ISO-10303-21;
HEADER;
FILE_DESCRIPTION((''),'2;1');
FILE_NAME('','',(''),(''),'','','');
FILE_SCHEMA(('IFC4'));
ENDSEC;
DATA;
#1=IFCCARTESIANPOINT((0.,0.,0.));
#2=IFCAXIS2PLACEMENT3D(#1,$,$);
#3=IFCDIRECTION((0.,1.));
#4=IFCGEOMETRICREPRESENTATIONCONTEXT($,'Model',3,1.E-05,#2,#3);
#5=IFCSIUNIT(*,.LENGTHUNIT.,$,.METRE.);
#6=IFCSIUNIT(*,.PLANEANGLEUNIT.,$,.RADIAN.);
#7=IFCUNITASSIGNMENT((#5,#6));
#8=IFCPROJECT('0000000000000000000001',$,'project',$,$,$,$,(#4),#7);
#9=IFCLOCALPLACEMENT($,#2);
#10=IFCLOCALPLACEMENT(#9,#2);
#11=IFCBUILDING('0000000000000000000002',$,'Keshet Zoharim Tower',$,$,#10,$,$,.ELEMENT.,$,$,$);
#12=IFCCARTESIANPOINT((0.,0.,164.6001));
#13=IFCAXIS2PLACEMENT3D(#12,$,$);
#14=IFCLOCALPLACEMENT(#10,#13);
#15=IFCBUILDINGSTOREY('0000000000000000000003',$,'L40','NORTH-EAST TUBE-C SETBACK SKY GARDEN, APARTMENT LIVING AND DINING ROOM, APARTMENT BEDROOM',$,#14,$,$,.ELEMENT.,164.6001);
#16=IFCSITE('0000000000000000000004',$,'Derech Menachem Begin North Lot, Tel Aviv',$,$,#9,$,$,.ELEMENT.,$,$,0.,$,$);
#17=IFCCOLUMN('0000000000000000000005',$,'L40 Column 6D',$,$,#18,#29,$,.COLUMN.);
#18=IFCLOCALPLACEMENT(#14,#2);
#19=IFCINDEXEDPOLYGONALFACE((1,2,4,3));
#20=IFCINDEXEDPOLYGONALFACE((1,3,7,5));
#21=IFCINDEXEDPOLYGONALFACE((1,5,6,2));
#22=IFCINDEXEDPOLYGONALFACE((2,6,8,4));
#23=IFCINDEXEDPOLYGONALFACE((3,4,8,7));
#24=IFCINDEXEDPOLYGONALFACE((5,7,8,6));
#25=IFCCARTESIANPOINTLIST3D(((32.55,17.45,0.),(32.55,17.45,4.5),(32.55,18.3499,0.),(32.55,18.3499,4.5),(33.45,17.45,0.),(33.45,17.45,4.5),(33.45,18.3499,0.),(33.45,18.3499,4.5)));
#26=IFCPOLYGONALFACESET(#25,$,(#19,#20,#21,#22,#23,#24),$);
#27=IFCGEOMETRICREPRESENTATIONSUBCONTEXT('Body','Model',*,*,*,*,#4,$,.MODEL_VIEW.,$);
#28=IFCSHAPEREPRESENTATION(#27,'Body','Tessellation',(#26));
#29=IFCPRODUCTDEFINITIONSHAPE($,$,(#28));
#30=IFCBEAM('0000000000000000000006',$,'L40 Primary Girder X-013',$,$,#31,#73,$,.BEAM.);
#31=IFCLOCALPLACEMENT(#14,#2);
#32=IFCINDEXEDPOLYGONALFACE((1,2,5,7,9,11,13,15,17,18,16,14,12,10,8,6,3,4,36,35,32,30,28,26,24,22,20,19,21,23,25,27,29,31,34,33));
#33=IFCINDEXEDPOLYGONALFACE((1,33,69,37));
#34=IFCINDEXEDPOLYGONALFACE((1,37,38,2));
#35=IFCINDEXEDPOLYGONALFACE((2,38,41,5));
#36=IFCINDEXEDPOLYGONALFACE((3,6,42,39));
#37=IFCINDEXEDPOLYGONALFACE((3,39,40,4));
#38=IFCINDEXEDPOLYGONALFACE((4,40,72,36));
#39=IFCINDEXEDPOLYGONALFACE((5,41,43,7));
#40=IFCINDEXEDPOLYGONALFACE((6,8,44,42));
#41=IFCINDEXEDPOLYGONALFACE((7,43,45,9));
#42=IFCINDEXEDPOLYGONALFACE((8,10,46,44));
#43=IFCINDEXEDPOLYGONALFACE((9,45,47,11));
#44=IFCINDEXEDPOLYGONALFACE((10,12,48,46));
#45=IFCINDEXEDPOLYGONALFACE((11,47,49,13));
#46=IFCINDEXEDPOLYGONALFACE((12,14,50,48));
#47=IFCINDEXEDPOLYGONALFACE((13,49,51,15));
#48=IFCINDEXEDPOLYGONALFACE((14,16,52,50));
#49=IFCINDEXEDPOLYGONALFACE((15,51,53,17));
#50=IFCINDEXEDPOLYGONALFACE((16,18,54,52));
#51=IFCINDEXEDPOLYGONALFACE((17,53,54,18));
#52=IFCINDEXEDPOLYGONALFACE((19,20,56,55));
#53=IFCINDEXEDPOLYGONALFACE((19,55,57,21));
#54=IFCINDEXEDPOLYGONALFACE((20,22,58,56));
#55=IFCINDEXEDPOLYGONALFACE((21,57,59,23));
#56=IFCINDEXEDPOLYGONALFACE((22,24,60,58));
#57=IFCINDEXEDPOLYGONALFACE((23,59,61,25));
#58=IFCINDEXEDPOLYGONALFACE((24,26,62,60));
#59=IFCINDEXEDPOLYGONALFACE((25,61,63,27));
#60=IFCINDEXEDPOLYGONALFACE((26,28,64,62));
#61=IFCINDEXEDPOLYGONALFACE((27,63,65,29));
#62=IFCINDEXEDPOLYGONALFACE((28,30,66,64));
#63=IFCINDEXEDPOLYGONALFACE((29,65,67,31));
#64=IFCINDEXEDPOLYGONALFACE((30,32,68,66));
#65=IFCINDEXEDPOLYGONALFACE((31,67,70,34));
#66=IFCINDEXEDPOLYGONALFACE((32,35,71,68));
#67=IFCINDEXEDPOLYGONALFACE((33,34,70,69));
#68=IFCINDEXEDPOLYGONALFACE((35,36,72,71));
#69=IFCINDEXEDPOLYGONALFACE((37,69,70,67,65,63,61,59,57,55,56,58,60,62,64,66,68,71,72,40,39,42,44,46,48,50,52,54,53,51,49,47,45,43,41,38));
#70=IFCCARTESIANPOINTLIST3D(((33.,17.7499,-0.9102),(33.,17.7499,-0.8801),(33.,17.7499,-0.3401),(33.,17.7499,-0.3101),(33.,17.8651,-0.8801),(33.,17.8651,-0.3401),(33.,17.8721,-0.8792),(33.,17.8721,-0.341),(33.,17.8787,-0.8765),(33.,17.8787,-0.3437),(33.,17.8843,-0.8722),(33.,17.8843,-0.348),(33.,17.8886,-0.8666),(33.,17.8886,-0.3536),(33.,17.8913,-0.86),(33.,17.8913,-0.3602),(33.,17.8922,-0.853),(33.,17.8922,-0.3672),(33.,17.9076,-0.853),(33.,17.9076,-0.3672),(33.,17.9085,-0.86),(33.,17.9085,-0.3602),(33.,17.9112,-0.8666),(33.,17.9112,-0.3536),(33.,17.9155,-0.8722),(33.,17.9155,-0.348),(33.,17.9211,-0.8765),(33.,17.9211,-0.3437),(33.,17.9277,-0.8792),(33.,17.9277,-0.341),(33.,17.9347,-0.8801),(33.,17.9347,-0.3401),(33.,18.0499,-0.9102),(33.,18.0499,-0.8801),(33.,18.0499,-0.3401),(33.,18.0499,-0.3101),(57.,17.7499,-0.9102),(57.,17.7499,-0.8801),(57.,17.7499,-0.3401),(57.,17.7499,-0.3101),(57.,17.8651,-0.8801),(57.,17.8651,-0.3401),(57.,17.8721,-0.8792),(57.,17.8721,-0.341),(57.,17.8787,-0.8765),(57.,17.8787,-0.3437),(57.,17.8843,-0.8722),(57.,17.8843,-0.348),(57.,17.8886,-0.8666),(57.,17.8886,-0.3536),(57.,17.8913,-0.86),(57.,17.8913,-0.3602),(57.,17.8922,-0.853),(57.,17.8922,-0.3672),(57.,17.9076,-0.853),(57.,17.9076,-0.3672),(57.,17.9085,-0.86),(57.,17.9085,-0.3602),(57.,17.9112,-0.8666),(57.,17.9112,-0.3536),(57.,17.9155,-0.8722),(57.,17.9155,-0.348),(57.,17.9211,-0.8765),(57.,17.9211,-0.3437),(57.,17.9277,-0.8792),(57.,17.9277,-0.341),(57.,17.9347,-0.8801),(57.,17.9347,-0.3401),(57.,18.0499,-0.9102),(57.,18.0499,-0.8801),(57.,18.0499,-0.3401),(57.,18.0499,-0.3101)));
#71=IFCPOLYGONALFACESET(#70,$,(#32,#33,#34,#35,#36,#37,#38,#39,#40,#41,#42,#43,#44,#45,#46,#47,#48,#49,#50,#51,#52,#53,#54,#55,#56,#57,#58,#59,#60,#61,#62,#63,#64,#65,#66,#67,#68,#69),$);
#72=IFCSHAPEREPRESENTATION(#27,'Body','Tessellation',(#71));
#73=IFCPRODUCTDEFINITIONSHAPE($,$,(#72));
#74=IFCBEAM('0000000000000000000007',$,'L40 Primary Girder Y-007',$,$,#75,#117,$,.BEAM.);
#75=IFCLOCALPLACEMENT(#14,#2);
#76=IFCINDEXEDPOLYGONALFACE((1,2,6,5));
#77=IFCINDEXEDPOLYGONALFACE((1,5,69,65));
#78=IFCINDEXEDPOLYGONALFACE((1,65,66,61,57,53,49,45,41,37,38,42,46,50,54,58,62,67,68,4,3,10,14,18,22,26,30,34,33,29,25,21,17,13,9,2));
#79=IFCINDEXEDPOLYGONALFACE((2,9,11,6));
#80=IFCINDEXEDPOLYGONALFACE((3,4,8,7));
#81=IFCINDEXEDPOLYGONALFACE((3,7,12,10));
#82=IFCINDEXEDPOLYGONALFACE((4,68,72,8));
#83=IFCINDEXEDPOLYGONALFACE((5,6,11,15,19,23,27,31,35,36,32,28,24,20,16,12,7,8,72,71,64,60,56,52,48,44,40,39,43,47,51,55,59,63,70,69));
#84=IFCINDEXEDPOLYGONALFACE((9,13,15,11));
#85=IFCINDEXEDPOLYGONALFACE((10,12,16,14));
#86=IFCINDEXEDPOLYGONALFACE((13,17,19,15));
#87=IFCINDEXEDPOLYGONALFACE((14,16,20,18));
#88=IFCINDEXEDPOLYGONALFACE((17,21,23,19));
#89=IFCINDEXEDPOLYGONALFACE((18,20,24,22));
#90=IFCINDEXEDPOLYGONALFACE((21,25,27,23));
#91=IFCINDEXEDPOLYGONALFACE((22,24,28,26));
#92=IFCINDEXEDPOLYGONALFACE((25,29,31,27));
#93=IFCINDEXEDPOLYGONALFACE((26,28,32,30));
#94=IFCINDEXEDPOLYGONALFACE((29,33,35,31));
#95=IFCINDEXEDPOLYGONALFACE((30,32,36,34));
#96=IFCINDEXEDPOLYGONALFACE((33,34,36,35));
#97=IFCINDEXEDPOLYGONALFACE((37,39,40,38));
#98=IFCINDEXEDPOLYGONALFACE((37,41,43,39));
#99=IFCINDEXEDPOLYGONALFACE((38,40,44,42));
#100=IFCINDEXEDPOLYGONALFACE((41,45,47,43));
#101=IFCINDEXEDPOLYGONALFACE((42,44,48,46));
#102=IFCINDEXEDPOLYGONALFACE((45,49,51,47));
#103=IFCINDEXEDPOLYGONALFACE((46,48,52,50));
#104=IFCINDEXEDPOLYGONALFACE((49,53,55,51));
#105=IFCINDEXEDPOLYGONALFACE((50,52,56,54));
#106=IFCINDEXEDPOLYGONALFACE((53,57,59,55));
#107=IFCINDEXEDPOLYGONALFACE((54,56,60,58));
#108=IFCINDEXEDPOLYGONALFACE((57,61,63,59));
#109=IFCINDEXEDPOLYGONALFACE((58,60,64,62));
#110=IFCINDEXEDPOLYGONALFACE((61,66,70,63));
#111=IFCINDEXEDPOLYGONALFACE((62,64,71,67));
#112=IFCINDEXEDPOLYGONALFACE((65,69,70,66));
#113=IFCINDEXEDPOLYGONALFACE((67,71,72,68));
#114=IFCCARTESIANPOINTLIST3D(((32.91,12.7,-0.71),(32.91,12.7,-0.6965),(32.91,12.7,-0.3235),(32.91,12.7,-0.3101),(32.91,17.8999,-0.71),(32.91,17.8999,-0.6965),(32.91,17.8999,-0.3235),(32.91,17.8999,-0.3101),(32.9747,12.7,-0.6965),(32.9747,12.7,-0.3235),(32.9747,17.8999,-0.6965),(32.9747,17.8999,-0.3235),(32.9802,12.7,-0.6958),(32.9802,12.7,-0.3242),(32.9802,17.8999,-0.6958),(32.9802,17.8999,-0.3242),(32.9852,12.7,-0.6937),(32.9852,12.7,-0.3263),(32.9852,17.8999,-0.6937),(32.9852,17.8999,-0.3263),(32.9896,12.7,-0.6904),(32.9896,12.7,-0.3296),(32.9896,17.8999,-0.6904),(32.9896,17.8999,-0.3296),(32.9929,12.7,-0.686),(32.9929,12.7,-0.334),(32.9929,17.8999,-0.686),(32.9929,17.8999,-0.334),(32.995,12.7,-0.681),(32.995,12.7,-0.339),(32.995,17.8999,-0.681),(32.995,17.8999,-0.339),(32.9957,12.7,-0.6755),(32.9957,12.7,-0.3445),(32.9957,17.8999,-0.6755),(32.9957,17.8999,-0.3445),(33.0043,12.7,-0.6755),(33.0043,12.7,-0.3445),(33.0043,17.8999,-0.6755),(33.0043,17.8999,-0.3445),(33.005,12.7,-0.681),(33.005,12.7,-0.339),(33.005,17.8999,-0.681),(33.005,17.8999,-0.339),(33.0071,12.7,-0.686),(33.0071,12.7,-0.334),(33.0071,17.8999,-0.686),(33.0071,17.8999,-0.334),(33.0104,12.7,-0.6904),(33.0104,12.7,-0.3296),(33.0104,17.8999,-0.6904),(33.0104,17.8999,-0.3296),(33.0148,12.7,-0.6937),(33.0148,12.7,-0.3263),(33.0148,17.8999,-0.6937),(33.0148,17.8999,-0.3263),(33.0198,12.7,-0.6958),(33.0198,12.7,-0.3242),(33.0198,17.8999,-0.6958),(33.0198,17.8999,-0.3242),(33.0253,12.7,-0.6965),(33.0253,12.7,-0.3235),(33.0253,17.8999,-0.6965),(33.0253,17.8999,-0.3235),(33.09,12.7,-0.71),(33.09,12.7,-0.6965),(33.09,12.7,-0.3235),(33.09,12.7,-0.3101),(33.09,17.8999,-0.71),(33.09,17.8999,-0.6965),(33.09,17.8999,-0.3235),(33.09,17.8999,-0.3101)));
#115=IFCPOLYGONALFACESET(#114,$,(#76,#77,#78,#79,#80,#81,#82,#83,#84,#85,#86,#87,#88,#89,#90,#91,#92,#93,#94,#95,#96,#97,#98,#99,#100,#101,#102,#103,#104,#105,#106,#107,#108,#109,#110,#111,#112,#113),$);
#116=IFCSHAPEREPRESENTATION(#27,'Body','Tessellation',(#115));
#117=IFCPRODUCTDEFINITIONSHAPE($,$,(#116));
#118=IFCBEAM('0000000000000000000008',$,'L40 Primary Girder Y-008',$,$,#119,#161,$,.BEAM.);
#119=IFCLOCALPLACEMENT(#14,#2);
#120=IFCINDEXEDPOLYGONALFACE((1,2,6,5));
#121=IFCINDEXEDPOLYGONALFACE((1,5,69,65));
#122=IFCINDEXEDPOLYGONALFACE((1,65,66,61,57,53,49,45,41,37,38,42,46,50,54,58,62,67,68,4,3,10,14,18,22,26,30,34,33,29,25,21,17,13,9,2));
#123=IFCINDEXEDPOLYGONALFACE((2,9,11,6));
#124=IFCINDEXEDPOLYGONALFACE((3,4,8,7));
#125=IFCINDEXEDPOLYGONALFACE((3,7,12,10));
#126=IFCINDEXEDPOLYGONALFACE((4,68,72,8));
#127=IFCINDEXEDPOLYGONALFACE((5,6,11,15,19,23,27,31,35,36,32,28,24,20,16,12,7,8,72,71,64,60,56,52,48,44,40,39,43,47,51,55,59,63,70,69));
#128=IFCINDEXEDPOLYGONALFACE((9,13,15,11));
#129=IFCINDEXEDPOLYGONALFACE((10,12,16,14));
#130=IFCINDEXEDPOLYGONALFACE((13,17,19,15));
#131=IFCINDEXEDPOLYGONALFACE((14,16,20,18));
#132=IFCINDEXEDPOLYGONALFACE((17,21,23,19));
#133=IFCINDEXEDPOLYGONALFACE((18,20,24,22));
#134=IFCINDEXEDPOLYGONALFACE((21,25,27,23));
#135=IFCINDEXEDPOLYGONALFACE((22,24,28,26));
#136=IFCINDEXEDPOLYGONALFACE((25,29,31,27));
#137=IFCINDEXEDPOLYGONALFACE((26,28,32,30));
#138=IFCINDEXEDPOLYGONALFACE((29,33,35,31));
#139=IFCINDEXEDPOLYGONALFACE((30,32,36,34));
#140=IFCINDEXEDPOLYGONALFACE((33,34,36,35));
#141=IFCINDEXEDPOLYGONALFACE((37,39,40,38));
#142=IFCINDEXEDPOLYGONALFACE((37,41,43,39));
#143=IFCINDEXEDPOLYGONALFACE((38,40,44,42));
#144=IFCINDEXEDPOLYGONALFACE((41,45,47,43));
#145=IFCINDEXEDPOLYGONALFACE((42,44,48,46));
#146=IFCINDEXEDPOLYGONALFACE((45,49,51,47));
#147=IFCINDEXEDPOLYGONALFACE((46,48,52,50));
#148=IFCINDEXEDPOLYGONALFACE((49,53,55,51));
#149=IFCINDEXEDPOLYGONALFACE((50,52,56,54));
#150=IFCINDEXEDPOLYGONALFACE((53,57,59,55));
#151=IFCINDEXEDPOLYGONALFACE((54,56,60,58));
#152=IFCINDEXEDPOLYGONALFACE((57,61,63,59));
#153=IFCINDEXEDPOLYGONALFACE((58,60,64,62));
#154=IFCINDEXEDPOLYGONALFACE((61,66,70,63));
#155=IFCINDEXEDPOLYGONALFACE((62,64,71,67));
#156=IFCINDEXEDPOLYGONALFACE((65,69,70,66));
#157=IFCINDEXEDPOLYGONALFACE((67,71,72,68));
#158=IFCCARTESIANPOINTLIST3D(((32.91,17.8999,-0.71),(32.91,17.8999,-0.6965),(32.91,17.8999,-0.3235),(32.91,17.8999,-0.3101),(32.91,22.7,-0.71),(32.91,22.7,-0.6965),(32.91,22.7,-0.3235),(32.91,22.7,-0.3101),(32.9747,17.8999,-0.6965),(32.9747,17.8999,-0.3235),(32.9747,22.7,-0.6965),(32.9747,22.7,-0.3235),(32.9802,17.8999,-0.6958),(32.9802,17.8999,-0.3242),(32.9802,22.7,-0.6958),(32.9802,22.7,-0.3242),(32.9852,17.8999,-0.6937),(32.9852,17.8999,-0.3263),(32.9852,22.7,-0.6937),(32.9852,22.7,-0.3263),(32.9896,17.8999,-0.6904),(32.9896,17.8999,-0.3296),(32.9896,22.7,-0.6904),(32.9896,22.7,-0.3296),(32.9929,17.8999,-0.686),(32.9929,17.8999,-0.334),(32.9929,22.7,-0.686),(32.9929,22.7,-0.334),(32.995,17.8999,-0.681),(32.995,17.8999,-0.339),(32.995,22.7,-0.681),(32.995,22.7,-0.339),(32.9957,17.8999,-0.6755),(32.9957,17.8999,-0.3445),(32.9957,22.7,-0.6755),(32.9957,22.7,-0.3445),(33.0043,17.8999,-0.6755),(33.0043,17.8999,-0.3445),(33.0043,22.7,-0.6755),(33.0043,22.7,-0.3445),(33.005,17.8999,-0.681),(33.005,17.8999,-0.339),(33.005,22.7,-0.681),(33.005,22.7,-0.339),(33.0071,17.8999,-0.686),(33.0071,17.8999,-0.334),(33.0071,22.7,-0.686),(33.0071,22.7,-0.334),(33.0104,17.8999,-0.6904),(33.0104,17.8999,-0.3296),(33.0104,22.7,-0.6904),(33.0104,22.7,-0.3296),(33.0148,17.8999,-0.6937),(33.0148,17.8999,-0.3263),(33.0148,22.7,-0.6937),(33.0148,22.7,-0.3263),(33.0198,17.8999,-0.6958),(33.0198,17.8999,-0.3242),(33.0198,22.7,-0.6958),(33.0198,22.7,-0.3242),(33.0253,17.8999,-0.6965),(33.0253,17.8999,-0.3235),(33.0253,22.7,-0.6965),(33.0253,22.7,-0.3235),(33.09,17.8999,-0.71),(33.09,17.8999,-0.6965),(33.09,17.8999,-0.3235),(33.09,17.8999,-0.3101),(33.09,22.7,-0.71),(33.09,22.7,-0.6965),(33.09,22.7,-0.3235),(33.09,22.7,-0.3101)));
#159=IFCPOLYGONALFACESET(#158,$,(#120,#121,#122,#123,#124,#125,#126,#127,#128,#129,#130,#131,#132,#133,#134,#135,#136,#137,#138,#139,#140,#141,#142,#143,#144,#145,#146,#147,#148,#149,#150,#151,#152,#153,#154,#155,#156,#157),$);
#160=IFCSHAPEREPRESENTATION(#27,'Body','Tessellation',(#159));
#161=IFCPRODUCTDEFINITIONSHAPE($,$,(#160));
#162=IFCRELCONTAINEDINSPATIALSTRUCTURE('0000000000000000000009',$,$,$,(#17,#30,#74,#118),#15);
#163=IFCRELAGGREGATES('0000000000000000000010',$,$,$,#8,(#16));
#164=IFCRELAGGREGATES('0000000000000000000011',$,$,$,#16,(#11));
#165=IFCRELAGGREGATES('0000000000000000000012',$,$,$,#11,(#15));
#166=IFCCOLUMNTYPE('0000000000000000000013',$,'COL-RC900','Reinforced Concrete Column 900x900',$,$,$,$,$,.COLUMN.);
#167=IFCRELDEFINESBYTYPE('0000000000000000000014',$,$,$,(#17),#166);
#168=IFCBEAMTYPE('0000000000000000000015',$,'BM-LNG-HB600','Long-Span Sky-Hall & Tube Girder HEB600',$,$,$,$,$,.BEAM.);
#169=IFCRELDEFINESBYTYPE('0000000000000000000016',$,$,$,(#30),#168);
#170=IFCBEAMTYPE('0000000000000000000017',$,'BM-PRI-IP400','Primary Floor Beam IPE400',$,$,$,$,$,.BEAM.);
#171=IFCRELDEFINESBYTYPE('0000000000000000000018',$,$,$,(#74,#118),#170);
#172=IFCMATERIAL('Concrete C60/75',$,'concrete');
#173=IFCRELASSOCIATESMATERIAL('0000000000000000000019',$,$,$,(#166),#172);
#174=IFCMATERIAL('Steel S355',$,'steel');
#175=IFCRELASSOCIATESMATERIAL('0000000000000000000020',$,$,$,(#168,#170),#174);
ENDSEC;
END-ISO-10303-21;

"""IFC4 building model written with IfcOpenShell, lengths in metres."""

from ifc_helpers import new_model, si_unit, direction, frame, origin, origin_2d, place, context, subcontext, project, spatial, rectangle, i_section, extrude, material, material_profile, profile_set, type_object, element, save


model = new_model("IFC4")

# Units and contexts
model_context = context("Model", 3, precision=1e-05, world=origin(), true_north=direction((0.0, 1.0)))
body_context = subcontext(model_context, "Body", "Model", "MODEL_VIEW")
ifc_project = project(units=[si_unit("LENGTHUNIT", "METRE"), si_unit("PLANEANGLEUNIT", "RADIAN")], contexts=[model_context])

# Site, building, storey
site_placement = place(None, origin())
site = spatial("IfcSite", under=ifc_project, at=site_placement, Name="Derech Menachem Begin North Lot, Tel Aviv", CompositionType="ELEMENT", RefElevation=0.0)
building_placement = place(site_placement, origin())
building = spatial("IfcBuilding", under=site, at=building_placement, Name="Keshet Zoharim Tower", CompositionType="ELEMENT")
storey_placement = place(building_placement, frame((0.0, 0.0, 164.6001)))
storey = spatial("IfcBuildingStorey", under=building, at=storey_placement, Name="L40", Description="NORTH-EAST TUBE-C SETBACK SKY GARDEN, APARTMENT LIVING AND DINING ROOM, APARTMENT BEDROOM", CompositionType="ELEMENT", Elevation=164.6001)

# Column
ifc_material_1 = material(Name="Concrete C60/75", Category="concrete")
ifc_material_profile_1 = material_profile(ifc_material_1, rectangle(XDim=0.8999, YDim=0.8999, at=origin_2d()), Name="RC900x900")
ifc_profile_set_1 = profile_set([ifc_material_profile_1], Name="Concrete C60/75")
column_type = type_object("IfcColumnType", Name="COL-RC900", Description="Reinforced Concrete Column 900x900", PredefinedType="COLUMN", material=ifc_profile_set_1)
column_placement = place(storey_placement, frame((33.0, 17.8999, 0.0), z_axis=(0.0, 0.0, 1.0), x_axis=(1.0, 0.0, 0.0)))
element("IfcColumn", 1, at=column_placement, inside=storey, type_object=column_type, Name="L40 Column 6D", PredefinedType="COLUMN", context=body_context, shape_type="SweptSolid", body=[
    extrude(rectangle(XDim=0.8999, YDim=0.8999, at=origin_2d()), origin(), (0.0, 0.0, 1.0), 4.5),
])

# Beams
ifc_material_2 = material(Name="Steel S355", Category="steel")
ifc_material_profile_2 = material_profile(ifc_material_2, i_section(OverallWidth=0.3, OverallDepth=0.6001, WebThickness=0.0154, FlangeThickness=0.03, FilletRadius=0.0271, at=origin_2d()), Name="HEB600")
ifc_profile_set_2 = profile_set([ifc_material_profile_2], Name="Steel S355")
beam_type_1 = type_object("IfcBeamType", Name="BM-LNG-HB600", Description="Long-Span Sky-Hall & Tube Girder HEB600", PredefinedType="BEAM", material=ifc_profile_set_2)
beam_1_placement = place(storey_placement, frame((33.0, 17.8999, -0.6101), z_axis=(1.0, 0.0, 0.0), x_axis=(0.0, 1.0, 0.0)))
element("IfcBeam", 2, at=beam_1_placement, inside=storey, type_object=beam_type_1, Name="L40 Primary Girder X-013", PredefinedType="BEAM", context=body_context, shape_type="SweptSolid", body=[
    extrude(i_section(OverallWidth=0.3, OverallDepth=0.6001, WebThickness=0.0154, FlangeThickness=0.03, FilletRadius=0.0271, at=origin_2d()), origin(), (0.0, 0.0, 1.0), 24.0),
])
ifc_material_profile_3 = material_profile(ifc_material_2, i_section(OverallWidth=0.1799, OverallDepth=0.3999, WebThickness=0.0085, FlangeThickness=0.0134, FilletRadius=0.021, at=origin_2d()), Name="IPE400")
ifc_profile_set_3 = profile_set([ifc_material_profile_3], Name="Steel S355")
beam_type_2 = type_object("IfcBeamType", Name="BM-PRI-IP400", Description="Primary Floor Beam IPE400", PredefinedType="BEAM", material=ifc_profile_set_3)
beam_2_placement = place(storey_placement, frame((33.0, 12.7, -0.51), z_axis=(0.0, 1.0, 0.0), x_axis=(-1.0, 0.0, 0.0)))
element("IfcBeam", 3, at=beam_2_placement, inside=storey, type_object=beam_type_2, Name="L40 Primary Girder Y-007", PredefinedType="BEAM", context=body_context, shape_type="SweptSolid", body=[
    extrude(i_section(OverallWidth=0.1799, OverallDepth=0.3999, WebThickness=0.0085, FlangeThickness=0.0134, FilletRadius=0.021, at=origin_2d()), origin(), (0.0, 0.0, 1.0), 5.2),
])
beam_3_placement = place(storey_placement, frame((33.0, 17.8999, -0.51), z_axis=(0.0, 1.0, 0.0), x_axis=(-1.0, 0.0, 0.0)))
element("IfcBeam", 4, at=beam_3_placement, inside=storey, type_object=beam_type_2, Name="L40 Primary Girder Y-008", PredefinedType="BEAM", context=body_context, shape_type="SweptSolid", body=[
    extrude(i_section(OverallWidth=0.1799, OverallDepth=0.3999, WebThickness=0.0085, FlangeThickness=0.0134, FilletRadius=0.021, at=origin_2d()), origin(), (0.0, 0.0, 1.0), 4.8),
])

save(model, "model.ifc")
